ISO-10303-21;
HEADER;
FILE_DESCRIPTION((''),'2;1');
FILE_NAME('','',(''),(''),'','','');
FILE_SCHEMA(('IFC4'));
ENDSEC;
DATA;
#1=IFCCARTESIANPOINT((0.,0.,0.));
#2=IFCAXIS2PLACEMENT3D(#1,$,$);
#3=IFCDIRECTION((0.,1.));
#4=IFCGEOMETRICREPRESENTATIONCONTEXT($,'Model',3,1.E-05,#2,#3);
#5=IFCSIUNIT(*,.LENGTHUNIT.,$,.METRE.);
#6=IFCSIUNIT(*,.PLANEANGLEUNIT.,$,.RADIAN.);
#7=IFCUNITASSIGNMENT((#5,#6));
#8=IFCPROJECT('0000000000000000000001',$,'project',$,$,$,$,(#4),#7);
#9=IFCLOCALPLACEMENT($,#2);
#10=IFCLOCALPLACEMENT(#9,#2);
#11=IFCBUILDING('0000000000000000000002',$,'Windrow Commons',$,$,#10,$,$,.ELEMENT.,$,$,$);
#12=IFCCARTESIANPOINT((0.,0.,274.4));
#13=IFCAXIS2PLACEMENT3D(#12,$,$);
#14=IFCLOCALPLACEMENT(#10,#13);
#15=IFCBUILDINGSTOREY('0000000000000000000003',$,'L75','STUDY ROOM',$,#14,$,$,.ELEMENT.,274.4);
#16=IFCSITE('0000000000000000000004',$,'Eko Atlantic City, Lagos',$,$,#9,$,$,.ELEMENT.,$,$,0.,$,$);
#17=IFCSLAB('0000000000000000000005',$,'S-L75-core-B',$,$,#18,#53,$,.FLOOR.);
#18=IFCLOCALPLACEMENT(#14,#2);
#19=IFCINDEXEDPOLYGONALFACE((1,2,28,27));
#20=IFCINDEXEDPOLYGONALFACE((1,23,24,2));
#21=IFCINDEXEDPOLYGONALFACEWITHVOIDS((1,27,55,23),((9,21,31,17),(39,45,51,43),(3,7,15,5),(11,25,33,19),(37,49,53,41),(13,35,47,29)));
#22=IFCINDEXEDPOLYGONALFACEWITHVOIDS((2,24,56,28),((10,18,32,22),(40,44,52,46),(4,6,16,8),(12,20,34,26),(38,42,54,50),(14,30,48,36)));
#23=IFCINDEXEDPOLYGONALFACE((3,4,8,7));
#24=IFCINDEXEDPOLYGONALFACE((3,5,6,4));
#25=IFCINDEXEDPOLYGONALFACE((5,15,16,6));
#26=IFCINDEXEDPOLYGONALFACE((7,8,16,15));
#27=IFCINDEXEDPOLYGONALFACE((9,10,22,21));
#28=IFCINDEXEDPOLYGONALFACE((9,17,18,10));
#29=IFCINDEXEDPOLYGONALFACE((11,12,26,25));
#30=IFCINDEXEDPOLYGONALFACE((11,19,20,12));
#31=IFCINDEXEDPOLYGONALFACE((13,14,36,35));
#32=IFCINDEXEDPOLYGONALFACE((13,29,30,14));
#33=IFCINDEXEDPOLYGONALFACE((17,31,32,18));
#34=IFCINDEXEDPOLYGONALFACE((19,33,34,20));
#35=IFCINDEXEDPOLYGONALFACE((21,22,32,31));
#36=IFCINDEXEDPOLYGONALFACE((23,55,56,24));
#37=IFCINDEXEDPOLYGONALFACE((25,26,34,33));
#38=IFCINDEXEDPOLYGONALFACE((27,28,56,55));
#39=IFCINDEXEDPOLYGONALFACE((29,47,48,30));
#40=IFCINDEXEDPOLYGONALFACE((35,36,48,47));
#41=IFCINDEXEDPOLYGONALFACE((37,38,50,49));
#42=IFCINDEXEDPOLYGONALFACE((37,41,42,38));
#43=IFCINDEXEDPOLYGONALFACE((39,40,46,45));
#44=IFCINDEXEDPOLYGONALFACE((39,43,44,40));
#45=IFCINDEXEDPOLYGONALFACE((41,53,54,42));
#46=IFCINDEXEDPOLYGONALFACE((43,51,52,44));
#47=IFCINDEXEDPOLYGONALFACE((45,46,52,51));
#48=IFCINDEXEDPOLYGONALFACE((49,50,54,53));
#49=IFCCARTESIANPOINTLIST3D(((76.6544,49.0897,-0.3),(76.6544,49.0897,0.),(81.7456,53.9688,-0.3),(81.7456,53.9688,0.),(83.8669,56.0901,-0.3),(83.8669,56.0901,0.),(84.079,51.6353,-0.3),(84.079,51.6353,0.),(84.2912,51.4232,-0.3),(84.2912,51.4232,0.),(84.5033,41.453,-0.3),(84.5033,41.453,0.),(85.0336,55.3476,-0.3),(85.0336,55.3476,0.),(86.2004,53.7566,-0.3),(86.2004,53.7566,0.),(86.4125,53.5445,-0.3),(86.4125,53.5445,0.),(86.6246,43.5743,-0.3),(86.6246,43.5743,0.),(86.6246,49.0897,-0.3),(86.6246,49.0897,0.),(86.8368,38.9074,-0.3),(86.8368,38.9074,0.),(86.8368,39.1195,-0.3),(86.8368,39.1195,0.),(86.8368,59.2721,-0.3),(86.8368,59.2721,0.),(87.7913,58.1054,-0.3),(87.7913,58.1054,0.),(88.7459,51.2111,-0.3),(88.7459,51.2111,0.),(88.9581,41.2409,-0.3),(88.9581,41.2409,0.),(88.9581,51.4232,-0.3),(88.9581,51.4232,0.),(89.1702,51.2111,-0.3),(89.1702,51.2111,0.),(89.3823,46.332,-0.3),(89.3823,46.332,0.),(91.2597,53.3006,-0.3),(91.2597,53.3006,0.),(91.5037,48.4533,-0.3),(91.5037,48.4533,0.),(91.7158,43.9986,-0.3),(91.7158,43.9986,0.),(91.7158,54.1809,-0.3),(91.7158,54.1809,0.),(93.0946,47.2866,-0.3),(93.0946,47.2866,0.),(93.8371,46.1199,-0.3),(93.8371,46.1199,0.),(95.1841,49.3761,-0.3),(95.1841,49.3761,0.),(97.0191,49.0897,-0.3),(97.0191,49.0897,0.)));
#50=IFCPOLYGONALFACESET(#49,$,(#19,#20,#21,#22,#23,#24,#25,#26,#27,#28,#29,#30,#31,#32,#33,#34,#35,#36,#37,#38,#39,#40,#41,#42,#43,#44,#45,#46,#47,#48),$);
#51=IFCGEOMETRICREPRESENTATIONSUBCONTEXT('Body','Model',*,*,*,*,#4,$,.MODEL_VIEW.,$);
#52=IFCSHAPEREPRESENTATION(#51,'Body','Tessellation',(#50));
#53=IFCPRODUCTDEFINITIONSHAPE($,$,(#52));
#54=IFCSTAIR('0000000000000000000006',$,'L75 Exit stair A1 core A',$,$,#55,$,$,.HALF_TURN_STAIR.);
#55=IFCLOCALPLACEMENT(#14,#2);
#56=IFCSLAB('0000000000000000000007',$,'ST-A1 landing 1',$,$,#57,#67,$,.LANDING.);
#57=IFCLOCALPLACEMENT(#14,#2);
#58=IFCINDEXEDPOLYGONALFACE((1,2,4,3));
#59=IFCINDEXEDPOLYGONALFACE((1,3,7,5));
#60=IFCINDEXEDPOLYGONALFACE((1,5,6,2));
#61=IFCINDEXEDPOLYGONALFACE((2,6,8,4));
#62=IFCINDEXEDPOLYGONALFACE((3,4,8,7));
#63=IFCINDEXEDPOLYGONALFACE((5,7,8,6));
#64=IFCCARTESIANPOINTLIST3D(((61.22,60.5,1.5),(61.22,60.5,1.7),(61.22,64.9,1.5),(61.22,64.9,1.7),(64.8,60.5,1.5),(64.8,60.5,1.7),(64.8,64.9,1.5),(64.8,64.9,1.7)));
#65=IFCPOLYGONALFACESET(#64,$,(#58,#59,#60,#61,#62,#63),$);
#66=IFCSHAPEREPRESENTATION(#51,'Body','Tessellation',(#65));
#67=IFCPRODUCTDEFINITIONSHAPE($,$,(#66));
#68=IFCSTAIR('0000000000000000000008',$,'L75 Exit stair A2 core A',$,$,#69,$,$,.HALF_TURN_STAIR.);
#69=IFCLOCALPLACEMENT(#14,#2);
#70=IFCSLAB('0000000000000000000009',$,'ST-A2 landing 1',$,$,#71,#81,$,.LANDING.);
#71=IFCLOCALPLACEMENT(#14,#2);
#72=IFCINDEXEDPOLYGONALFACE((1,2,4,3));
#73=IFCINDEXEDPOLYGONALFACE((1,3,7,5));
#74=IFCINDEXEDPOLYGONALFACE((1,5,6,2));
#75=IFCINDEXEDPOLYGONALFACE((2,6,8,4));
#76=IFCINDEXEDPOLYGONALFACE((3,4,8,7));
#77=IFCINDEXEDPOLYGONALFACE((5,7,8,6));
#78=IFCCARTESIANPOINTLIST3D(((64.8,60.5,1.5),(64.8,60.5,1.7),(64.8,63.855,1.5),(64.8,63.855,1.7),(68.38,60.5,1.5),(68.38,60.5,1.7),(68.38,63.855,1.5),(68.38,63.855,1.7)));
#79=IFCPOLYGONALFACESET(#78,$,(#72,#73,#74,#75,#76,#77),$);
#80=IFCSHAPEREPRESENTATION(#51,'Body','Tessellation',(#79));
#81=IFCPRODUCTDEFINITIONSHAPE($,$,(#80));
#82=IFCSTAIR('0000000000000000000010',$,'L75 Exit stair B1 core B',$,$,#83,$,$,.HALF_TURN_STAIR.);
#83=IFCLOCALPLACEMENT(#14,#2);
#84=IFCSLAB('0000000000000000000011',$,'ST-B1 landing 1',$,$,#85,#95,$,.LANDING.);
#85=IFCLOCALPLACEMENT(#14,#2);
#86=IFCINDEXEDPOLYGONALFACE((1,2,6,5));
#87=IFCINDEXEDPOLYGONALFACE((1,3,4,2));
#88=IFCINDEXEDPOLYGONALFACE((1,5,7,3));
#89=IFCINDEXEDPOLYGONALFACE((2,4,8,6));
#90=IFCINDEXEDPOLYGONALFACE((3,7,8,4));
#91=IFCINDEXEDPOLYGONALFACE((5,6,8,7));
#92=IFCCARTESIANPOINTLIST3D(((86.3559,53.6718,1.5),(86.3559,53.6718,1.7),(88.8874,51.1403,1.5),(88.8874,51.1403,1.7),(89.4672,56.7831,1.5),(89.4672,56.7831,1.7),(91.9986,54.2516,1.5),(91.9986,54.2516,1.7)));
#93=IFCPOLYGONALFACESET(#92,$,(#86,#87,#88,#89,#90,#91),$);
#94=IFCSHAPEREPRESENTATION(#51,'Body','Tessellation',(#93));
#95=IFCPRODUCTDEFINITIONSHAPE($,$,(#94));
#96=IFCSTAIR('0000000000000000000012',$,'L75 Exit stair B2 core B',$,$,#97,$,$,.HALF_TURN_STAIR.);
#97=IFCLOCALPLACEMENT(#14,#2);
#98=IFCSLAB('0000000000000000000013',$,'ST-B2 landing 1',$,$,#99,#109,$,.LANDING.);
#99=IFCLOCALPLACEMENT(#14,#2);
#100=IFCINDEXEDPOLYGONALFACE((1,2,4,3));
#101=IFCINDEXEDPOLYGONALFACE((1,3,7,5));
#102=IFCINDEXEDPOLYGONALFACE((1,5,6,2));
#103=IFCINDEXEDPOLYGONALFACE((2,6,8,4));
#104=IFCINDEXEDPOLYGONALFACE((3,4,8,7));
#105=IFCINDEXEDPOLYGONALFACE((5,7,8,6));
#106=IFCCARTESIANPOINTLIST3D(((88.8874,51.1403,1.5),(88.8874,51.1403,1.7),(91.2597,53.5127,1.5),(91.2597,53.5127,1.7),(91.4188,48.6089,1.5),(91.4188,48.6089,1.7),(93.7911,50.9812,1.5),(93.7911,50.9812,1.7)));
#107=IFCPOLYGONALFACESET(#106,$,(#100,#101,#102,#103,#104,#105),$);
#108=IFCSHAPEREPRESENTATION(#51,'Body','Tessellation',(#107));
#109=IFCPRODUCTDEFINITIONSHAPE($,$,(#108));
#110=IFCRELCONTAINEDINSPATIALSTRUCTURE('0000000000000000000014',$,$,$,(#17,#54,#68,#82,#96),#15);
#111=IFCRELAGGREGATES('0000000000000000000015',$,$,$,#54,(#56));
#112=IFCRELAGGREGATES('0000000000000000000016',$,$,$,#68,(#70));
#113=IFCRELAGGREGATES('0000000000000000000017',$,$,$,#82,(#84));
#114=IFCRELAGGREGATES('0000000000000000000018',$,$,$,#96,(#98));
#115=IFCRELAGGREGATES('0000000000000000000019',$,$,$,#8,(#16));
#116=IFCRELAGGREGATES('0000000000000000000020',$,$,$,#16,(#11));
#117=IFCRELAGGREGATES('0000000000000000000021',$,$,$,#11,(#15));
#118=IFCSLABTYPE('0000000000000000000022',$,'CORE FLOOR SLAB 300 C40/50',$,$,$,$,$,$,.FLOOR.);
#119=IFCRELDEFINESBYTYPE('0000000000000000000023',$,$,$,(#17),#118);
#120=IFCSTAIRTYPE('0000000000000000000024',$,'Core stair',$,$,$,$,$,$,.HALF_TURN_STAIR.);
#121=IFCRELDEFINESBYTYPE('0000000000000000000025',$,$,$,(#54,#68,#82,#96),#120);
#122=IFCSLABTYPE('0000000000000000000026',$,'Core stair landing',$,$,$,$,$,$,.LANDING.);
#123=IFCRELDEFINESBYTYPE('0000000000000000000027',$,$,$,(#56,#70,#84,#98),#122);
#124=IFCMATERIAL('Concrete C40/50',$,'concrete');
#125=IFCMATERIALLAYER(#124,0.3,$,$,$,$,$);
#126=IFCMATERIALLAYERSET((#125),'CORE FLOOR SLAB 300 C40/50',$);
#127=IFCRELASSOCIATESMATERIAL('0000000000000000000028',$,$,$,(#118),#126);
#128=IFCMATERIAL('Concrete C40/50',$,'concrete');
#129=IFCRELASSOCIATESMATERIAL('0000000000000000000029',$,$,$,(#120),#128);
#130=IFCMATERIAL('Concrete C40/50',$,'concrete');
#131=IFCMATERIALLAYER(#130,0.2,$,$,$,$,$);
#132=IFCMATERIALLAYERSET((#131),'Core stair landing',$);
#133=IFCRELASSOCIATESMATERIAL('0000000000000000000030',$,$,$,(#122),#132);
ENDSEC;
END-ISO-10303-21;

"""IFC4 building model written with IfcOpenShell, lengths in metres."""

from ifc_helpers import new_model, si_unit, direction, frame, origin, place, context, subcontext, project, spatial, polyline, outline, extrude, material, layer, layer_set, type_object, element, aggregate, save


model = new_model("IFC4")

# Units and contexts
model_context = context("Model", 3, precision=1e-05, world=origin(), true_north=direction((0.0, 1.0)))
body_context = subcontext(model_context, "Body", "Model", "MODEL_VIEW")
ifc_project = project(units=[si_unit("LENGTHUNIT", "METRE"), si_unit("PLANEANGLEUNIT", "RADIAN")], contexts=[model_context])

# Site, building, storey
site_placement = place(None, origin())
site = spatial("IfcSite", under=ifc_project, at=site_placement, Name="Eko Atlantic City, Lagos", CompositionType="ELEMENT", RefElevation=0.0)
building_placement = place(site_placement, origin())
building = spatial("IfcBuilding", under=site, at=building_placement, Name="Windrow Commons", CompositionType="ELEMENT")
storey_placement = place(building_placement, frame((0.0, 0.0, 274.4)))
storey = spatial("IfcBuildingStorey", under=building, at=storey_placement, Name="L75", Description="STUDY ROOM", CompositionType="ELEMENT", Elevation=274.4)

# Slab, openings
ifc_material_1 = material(Name="Concrete C40/50", Category="concrete")
ifc_layer_1 = layer(ifc_material_1, 0.3)
ifc_layer_set_1 = layer_set([ifc_layer_1], Name="CORE FLOOR SLAB 300 C40/50")
slab_type_1 = type_object("IfcSlabType", Name="CORE FLOOR SLAB 300 C40/50", PredefinedType="FLOOR", material=ifc_layer_set_1)
placement_1 = place(storey_placement, frame((0.0, 0.0, -0.3)))
slab_1 = element("IfcSlab", 1, at=placement_1, inside=storey, type_object=slab_type_1, Name="S-L75-core-B", PredefinedType="FLOOR", context=body_context, shape_type="SweptSolid", body=[
    extrude(outline(polyline([(76.6544, 49.0897), (86.8368, 38.9074), (97.0191, 49.0897), (86.8368, 59.2721), (76.6544, 49.0897)]), holes=[polyline([(84.5033, 41.453), (86.8368, 39.1195), (88.9581, 41.2409), (86.6246, 43.5743), (84.5033, 41.453)]), polyline([(81.7456, 53.9688), (84.079, 51.6353), (86.2004, 53.7566), (83.8669, 56.0901), (81.7456, 53.9688)]), polyline([(84.2912, 51.4232), (86.6246, 49.0897), (88.7459, 51.2111), (86.4125, 53.5445), (84.2912, 51.4232)]), polyline([(89.3823, 46.332), (91.7158, 43.9986), (93.8371, 46.1199), (91.5037, 48.4533), (89.3823, 46.332)]), polyline([(85.0336, 55.3476), (88.9581, 51.4232), (91.7158, 54.1809), (87.7913, 58.1054), (85.0336, 55.3476)]), polyline([(89.1702, 51.2111), (93.0946, 47.2866), (95.1841, 49.3761), (91.2597, 53.3006), (89.1702, 51.2111)])]), origin(), (0.0, 0.0, 1.0), 0.3),
])
opening_1_placement = place(placement_1, origin())
element("IfcOpeningElement", 2, at=opening_1_placement, cuts=slab_1, PredefinedType="OPENING", context=body_context, shape_type="SweptSolid", body=[
    extrude(outline(polyline([(84.5104, 41.453), (86.6246, 43.5672), (88.951, 41.2409), (86.8368, 39.1266), (84.5104, 41.453)])), origin(), (0.0, 0.0, 1.0), 0.3),
])
opening_2_placement = place(placement_1, origin())
element("IfcOpeningElement", 3, at=opening_2_placement, cuts=slab_1, PredefinedType="OPENING", context=body_context, shape_type="SweptSolid", body=[
    extrude(outline(polyline([(81.7527, 53.9688), (83.8669, 56.083), (86.1933, 53.7566), (84.079, 51.6424), (81.7527, 53.9688)])), origin(), (0.0, 0.0, 1.0), 0.3),
])
opening_3_placement = place(placement_1, origin())
element("IfcOpeningElement", 4, at=opening_3_placement, cuts=slab_1, PredefinedType="OPENING", context=body_context, shape_type="SweptSolid", body=[
    extrude(outline(polyline([(84.2983, 51.4232), (86.4125, 53.5374), (88.7388, 51.2111), (86.6246, 49.0968), (84.2983, 51.4232)])), origin(), (0.0, 0.0, 1.0), 0.3),
])
opening_4_placement = place(placement_1, origin())
element("IfcOpeningElement", 5, at=opening_4_placement, cuts=slab_1, PredefinedType="OPENING", context=body_context, shape_type="SweptSolid", body=[
    extrude(outline(polyline([(89.3894, 46.332), (91.5037, 48.4462), (93.83, 46.1199), (91.7158, 44.0057), (89.3894, 46.332)])), origin(), (0.0, 0.0, 1.0), 0.3),
])
opening_5_placement = place(placement_1, origin())
element("IfcOpeningElement", 6, at=opening_5_placement, cuts=slab_1, PredefinedType="OPENING", context=body_context, shape_type="SweptSolid", body=[
    extrude(outline(polyline([(85.0407, 55.3476), (87.7913, 58.0983), (91.7087, 54.1809), (88.9581, 51.4303), (85.0407, 55.3476)])), origin(), (0.0, 0.0, 1.0), 0.3),
])
opening_6_placement = place(placement_1, origin())
element("IfcOpeningElement", 7, at=opening_6_placement, cuts=slab_1, PredefinedType="OPENING", context=body_context, shape_type="SweptSolid", body=[
    extrude(outline(polyline([(89.1773, 51.2111), (91.2597, 53.2935), (95.177, 49.3761), (93.0946, 47.2937), (89.1773, 51.2111)])), origin(), (0.0, 0.0, 1.0), 0.3),
])

# Stairs, slabs
ifc_material_2 = material(Name="Concrete C40/50", Category="concrete")
stair_type = type_object("IfcStairType", Name="Core stair", PredefinedType="HALF_TURN_STAIR", material=ifc_material_2)
placement_2 = place(storey_placement, origin())
stair_1 = element("IfcStair", 8, at=placement_2, inside=storey, type_object=stair_type, Name="L75 Exit stair A1 core A", PredefinedType="HALF_TURN_STAIR")
ifc_material_3 = material(Name="Concrete C40/50", Category="concrete")
ifc_layer_2 = layer(ifc_material_3, 0.2)
ifc_layer_set_2 = layer_set([ifc_layer_2], Name="Core stair landing")
slab_type_2 = type_object("IfcSlabType", Name="Core stair landing", PredefinedType="LANDING", material=ifc_layer_set_2)
placement_3 = place(storey_placement, frame((0.0, 0.0, 1.5)))
slab_2 = element("IfcSlab", 9, at=placement_3, type_object=slab_type_2, Name="ST-A1 landing 1", PredefinedType="LANDING", context=body_context, shape_type="SweptSolid", body=[
    extrude(outline(polyline([(61.22, 60.5), (64.8, 60.5), (64.8, 64.9), (61.22, 64.9), (61.22, 60.5)])), origin(), (0.0, 0.0, 1.0), 0.2),
])
aggregate(stair_1, [slab_2])
stair_2 = element("IfcStair", 10, at=placement_2, inside=storey, type_object=stair_type, Name="L75 Exit stair A2 core A", PredefinedType="HALF_TURN_STAIR")
slab_3 = element("IfcSlab", 11, at=placement_3, type_object=slab_type_2, Name="ST-A2 landing 1", PredefinedType="LANDING", context=body_context, shape_type="SweptSolid", body=[
    extrude(outline(polyline([(64.8, 60.5), (68.38, 60.5), (68.38, 63.855), (64.8, 63.855), (64.8, 60.5)])), origin(), (0.0, 0.0, 1.0), 0.2),
])
aggregate(stair_2, [slab_3])
stair_3 = element("IfcStair", 12, at=placement_2, inside=storey, type_object=stair_type, Name="L75 Exit stair B1 core B", PredefinedType="HALF_TURN_STAIR")
slab_4 = element("IfcSlab", 13, at=placement_3, type_object=slab_type_2, Name="ST-B1 landing 1", PredefinedType="LANDING", context=body_context, shape_type="SweptSolid", body=[
    extrude(outline(polyline([(86.3559, 53.6718), (88.8874, 51.1403), (91.9986, 54.2516), (89.4672, 56.7831), (86.3559, 53.6718)])), origin(), (0.0, 0.0, 1.0), 0.2),
])
aggregate(stair_3, [slab_4])
stair_4 = element("IfcStair", 14, at=placement_2, inside=storey, type_object=stair_type, Name="L75 Exit stair B2 core B", PredefinedType="HALF_TURN_STAIR")
slab_5 = element("IfcSlab", 15, at=placement_3, type_object=slab_type_2, Name="ST-B2 landing 1", PredefinedType="LANDING", context=body_context, shape_type="SweptSolid", body=[
    extrude(outline(polyline([(88.8874, 51.1403), (91.4188, 48.6089), (93.7911, 50.9812), (91.2597, 53.5127), (88.8874, 51.1403)])), origin(), (0.0, 0.0, 1.0), 0.2),
])
aggregate(stair_4, [slab_5])

save(model, "model.ifc")
